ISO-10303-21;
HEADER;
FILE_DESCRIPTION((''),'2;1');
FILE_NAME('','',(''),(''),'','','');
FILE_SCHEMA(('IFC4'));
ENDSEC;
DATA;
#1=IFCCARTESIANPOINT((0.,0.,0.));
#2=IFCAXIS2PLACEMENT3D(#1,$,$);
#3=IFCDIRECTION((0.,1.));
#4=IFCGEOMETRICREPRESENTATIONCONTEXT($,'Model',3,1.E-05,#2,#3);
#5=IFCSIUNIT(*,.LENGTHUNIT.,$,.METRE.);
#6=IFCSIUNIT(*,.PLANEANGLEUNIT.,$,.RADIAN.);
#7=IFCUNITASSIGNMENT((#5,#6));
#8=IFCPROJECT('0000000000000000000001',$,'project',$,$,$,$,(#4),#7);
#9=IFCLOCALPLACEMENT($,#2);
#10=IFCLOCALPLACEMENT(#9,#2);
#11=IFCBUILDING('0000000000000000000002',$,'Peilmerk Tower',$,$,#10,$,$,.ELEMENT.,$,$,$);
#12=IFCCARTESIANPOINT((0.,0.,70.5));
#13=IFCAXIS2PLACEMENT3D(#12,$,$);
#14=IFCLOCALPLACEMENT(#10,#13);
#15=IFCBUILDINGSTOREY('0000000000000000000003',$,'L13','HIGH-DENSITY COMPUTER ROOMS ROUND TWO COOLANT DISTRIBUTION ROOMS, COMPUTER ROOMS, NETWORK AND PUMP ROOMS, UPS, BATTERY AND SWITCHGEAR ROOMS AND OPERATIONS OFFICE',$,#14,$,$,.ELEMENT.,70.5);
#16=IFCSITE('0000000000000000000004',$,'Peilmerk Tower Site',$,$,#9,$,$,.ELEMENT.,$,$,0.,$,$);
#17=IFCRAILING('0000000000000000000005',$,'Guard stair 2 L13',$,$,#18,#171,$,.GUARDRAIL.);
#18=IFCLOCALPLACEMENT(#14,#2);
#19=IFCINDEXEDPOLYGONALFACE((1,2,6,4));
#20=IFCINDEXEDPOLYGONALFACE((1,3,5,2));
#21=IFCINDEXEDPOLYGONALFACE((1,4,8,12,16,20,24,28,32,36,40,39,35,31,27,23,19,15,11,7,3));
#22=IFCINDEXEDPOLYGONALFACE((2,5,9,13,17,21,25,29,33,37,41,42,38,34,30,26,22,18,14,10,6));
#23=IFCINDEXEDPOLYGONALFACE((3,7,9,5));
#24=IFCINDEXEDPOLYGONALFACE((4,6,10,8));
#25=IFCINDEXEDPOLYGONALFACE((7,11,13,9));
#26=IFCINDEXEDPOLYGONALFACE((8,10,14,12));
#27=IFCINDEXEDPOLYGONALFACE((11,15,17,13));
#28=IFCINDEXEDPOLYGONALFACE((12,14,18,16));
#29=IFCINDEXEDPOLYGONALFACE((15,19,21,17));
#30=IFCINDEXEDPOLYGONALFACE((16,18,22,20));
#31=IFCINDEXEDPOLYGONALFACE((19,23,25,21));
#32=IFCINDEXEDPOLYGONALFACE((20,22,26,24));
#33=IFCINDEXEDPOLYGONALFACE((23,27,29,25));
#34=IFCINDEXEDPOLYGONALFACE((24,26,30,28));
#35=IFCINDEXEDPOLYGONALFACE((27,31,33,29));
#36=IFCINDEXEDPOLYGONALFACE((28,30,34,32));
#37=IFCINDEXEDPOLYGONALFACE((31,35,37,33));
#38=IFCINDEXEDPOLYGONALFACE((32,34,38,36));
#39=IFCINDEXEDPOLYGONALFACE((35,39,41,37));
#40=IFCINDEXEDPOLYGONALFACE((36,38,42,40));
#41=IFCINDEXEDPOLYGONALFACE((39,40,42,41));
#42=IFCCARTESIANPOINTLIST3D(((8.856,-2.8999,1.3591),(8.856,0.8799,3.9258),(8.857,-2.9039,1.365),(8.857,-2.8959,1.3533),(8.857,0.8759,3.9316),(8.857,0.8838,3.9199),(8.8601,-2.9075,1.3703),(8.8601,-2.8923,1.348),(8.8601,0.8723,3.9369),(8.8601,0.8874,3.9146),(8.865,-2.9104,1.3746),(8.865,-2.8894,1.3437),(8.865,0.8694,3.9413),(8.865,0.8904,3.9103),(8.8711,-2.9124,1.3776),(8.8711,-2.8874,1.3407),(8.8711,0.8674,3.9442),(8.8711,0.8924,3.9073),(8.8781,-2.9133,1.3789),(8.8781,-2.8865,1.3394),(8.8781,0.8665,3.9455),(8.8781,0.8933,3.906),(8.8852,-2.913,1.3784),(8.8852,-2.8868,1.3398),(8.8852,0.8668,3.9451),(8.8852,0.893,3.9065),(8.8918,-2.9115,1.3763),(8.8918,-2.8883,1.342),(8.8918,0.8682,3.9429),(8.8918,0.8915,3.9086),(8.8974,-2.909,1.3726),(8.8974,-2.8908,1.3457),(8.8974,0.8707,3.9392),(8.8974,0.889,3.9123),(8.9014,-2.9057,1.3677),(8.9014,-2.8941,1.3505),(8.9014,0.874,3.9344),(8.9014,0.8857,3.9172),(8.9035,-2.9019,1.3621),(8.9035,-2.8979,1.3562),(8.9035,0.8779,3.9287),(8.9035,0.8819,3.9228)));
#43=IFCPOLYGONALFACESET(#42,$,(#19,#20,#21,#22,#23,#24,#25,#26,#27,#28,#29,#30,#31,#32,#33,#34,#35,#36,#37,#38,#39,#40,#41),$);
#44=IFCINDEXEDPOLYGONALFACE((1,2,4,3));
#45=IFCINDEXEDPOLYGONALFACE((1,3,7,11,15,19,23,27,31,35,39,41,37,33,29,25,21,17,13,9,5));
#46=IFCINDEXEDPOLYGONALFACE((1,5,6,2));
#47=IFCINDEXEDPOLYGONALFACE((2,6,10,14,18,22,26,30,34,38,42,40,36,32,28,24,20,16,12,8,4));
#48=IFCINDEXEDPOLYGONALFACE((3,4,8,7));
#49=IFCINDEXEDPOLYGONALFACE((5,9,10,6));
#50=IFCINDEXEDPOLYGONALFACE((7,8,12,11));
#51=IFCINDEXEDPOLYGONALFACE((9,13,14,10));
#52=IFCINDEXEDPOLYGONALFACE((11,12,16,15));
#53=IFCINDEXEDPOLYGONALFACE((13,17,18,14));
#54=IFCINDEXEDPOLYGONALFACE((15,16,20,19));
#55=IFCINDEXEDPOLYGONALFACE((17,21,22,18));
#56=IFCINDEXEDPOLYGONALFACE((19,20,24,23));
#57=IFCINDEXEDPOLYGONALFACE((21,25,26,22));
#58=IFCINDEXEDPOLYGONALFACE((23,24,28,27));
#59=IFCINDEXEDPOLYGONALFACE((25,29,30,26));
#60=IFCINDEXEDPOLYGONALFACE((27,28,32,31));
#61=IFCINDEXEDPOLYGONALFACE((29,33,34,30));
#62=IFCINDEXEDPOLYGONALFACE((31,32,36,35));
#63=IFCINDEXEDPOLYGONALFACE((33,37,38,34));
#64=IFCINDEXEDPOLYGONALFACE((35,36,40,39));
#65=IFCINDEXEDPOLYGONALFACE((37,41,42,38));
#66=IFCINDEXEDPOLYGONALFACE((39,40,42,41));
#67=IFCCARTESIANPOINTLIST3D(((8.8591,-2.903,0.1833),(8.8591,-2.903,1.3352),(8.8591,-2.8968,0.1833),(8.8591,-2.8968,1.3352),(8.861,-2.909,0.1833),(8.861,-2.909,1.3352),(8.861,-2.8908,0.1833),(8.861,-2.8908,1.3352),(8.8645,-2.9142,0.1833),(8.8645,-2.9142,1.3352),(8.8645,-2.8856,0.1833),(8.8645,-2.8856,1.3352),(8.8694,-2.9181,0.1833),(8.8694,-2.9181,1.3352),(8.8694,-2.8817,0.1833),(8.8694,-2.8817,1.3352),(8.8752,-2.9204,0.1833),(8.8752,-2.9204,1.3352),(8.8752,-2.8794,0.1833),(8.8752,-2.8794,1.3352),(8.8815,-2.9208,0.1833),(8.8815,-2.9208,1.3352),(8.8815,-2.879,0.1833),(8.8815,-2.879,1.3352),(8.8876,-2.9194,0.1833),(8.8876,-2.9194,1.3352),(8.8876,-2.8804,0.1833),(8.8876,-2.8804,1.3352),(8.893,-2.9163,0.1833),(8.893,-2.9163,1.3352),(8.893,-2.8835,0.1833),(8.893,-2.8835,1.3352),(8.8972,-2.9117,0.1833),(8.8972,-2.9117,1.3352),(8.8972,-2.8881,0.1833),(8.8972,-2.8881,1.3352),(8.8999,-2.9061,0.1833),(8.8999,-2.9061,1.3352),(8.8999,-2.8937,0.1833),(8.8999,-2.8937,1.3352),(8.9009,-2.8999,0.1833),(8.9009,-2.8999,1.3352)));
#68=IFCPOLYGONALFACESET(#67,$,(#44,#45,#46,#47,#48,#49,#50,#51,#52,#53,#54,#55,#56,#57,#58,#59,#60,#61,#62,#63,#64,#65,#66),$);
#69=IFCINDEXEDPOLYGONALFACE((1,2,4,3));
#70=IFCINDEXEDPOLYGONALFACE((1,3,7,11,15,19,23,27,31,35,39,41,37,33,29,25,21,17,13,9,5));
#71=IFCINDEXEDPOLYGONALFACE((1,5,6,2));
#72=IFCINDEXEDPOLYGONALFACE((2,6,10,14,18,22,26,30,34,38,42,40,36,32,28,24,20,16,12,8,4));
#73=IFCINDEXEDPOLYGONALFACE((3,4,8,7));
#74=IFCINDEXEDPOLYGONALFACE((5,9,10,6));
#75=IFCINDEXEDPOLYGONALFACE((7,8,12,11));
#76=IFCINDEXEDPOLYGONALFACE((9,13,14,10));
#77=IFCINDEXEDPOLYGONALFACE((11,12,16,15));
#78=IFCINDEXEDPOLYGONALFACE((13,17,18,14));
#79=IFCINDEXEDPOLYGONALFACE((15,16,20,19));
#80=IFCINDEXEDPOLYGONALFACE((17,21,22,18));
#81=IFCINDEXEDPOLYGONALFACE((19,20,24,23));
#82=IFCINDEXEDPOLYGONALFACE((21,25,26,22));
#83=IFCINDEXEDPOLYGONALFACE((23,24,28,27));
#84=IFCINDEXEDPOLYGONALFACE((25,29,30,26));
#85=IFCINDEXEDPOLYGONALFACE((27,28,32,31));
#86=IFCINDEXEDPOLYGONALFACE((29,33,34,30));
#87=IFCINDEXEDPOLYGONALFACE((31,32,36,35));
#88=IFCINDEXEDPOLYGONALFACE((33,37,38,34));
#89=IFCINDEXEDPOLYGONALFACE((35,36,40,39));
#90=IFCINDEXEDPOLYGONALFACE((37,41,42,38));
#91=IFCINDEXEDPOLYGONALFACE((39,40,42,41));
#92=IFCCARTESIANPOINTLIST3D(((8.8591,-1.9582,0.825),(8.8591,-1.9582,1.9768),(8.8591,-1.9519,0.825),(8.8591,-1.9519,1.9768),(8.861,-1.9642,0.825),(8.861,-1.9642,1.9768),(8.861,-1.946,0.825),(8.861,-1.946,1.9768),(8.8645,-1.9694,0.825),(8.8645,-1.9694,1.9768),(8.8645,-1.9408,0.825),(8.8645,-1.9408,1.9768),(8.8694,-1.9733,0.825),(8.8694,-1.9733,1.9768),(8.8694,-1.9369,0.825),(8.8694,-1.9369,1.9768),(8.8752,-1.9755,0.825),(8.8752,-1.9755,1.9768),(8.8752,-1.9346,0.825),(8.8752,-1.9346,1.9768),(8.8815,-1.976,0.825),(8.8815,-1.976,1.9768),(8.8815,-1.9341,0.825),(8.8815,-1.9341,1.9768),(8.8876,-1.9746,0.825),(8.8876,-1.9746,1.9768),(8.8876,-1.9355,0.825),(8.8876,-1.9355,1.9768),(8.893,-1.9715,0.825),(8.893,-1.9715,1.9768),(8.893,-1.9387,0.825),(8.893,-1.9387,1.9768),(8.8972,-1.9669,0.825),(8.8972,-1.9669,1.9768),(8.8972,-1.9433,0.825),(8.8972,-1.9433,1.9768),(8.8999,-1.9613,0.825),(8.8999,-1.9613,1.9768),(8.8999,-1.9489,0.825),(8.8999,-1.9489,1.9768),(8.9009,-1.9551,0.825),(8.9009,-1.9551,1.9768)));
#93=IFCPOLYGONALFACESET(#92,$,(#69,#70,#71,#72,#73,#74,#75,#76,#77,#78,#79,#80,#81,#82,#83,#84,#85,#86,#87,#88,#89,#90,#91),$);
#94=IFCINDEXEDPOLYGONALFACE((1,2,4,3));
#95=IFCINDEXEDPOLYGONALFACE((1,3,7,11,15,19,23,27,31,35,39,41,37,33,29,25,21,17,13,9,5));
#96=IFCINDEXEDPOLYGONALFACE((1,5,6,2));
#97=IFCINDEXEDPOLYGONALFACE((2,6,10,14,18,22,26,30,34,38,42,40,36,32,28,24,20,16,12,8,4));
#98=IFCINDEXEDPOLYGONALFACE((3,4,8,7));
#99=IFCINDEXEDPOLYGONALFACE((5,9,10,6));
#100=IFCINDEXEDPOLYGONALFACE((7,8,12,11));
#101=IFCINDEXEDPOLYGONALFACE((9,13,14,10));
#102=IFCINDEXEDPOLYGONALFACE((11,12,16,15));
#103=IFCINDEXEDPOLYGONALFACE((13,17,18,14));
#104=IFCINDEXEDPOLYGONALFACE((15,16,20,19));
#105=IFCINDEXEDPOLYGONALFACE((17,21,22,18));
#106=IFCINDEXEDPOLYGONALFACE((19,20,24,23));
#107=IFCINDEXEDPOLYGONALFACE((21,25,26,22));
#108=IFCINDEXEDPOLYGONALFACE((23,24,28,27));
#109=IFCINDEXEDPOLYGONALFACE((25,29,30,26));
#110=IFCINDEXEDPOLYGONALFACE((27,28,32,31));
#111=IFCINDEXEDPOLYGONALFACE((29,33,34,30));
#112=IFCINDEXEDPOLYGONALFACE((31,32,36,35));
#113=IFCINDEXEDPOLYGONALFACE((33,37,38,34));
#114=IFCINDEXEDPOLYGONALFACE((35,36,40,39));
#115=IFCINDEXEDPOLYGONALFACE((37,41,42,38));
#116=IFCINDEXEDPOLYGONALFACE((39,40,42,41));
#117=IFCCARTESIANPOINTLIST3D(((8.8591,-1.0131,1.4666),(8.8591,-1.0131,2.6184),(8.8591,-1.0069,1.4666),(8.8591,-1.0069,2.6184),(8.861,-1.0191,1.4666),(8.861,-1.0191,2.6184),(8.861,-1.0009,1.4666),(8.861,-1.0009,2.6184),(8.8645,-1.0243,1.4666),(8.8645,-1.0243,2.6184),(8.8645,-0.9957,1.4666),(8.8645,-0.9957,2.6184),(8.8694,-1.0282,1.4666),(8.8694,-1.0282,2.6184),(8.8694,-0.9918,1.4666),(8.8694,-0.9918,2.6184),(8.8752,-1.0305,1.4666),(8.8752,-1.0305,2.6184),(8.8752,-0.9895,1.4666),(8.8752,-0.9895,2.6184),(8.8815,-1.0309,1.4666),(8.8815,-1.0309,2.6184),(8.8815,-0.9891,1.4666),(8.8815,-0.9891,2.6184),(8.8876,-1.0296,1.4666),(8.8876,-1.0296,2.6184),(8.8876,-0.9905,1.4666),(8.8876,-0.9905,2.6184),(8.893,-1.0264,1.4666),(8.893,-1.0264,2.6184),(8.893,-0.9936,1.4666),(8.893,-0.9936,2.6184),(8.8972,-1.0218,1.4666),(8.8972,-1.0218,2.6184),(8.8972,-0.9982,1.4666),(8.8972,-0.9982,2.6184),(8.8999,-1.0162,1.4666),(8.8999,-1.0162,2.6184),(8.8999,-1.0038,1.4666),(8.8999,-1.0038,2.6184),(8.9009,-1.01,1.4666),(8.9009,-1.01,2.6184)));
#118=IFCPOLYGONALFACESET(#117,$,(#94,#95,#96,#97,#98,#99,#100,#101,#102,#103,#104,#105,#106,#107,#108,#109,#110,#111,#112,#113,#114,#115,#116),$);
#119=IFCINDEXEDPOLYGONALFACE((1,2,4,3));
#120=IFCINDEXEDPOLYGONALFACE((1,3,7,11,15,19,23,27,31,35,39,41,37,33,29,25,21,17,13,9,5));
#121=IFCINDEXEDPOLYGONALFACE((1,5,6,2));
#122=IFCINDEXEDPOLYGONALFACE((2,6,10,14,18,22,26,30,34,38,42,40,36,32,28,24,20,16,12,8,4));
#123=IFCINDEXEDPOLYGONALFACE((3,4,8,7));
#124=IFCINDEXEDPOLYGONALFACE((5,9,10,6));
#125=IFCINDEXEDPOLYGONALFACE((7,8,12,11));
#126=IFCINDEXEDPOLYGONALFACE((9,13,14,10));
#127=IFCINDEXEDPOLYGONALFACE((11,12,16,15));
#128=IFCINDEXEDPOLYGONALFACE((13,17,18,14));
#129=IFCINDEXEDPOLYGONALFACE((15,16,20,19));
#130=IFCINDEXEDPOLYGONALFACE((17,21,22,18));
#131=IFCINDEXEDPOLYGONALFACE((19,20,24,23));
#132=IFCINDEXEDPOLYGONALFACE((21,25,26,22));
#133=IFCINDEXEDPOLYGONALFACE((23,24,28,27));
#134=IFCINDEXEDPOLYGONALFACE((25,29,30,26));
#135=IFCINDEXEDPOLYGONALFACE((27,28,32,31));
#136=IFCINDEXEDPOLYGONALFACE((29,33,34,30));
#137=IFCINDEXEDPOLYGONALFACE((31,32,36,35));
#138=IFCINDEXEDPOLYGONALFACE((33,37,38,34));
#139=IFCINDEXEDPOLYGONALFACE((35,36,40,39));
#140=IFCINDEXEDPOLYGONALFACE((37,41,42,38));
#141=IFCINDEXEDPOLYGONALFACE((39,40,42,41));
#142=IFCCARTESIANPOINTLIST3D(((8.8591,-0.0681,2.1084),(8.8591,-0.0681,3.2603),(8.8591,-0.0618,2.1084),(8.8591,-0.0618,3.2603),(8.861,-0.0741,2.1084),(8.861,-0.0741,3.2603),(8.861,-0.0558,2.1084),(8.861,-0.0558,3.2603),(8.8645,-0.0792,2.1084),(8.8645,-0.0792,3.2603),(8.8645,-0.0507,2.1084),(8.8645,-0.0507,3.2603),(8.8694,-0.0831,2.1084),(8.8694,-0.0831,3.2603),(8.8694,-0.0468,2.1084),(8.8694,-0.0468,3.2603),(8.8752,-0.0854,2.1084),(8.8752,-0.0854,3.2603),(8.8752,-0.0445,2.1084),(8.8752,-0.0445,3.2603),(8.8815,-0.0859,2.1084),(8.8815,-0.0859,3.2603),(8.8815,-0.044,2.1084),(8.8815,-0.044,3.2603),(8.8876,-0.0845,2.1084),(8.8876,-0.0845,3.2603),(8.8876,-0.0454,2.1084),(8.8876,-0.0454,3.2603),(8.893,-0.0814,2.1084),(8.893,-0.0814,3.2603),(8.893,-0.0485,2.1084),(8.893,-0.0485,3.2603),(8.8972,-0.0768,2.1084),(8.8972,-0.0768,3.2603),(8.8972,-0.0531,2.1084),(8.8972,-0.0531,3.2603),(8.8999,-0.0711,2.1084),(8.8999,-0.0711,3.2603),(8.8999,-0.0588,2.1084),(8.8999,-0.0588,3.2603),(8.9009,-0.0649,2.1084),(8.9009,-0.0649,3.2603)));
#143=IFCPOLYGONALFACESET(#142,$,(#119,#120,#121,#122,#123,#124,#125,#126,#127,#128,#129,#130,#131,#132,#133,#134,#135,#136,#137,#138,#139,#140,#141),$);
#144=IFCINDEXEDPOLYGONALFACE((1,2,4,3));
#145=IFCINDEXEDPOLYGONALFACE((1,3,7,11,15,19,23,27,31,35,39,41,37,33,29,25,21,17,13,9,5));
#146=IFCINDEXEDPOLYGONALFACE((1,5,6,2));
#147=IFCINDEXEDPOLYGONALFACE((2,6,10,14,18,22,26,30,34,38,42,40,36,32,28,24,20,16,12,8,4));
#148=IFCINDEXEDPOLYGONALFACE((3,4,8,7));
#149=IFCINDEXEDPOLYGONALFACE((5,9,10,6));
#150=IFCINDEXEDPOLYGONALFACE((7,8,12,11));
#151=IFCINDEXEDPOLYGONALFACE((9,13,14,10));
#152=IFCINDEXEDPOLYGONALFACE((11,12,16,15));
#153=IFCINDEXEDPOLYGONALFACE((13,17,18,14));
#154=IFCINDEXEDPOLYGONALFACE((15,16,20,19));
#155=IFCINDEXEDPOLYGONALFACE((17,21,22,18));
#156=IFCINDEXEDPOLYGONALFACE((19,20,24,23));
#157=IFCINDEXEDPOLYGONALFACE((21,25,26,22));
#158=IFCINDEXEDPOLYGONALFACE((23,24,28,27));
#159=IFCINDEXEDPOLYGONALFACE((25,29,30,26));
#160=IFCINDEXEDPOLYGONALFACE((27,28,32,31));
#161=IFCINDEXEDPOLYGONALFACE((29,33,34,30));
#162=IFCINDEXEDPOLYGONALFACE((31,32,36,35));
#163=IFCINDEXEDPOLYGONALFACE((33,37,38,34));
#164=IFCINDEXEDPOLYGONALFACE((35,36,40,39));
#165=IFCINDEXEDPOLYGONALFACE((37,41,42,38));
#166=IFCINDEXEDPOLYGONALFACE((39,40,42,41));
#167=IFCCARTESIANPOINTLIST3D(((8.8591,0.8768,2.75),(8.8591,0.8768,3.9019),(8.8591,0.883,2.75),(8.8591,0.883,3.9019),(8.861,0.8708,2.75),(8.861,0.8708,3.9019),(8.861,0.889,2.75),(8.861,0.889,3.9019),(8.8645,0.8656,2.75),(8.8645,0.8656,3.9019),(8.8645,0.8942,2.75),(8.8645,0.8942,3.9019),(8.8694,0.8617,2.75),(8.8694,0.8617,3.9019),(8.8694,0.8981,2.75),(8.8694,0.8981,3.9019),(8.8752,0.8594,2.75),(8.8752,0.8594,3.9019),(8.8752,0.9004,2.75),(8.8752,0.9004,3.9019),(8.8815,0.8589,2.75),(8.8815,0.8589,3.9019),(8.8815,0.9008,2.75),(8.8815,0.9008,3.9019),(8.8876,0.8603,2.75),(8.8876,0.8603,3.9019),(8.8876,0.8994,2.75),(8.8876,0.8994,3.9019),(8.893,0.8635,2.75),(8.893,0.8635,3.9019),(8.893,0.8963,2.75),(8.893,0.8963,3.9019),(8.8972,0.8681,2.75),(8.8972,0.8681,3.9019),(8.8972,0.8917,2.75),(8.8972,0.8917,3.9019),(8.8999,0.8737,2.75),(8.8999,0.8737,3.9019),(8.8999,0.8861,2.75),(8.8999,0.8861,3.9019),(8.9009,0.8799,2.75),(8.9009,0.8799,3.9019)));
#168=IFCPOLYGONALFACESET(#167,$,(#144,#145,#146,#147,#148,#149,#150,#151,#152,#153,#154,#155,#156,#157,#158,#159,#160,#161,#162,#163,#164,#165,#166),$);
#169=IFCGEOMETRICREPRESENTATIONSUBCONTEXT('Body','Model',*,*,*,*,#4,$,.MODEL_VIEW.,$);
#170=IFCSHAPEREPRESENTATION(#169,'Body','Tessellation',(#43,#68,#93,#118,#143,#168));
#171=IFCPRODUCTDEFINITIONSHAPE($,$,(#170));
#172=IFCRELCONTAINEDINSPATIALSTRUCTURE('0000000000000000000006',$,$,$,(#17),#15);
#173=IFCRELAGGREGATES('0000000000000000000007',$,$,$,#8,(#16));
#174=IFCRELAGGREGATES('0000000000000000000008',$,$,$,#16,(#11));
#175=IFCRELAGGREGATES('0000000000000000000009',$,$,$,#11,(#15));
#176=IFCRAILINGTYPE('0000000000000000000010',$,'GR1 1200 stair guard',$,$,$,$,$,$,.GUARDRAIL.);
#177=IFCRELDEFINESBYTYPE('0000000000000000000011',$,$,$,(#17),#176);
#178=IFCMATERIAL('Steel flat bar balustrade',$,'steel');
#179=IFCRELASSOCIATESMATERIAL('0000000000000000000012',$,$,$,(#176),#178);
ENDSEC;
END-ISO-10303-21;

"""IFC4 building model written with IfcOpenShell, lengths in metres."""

from ifc_helpers import new_model, si_unit, direction, frame, origin, origin_2d, place, context, subcontext, project, spatial, circle, extrude, material, type_object, element, save


model = new_model("IFC4")

# Units and contexts
model_context = context("Model", 3, precision=1e-05, world=origin(), true_north=direction((0.0, 1.0)))
body_context = subcontext(model_context, "Body", "Model", "MODEL_VIEW")
ifc_project = project(units=[si_unit("LENGTHUNIT", "METRE"), si_unit("PLANEANGLEUNIT", "RADIAN")], contexts=[model_context])

# Site, building, storey
site_placement = place(None, origin())
site = spatial("IfcSite", under=ifc_project, at=site_placement, Name="Peilmerk Tower Site", CompositionType="ELEMENT", RefElevation=0.0)
building_placement = place(site_placement, origin())
building = spatial("IfcBuilding", under=site, at=building_placement, Name="Peilmerk Tower", CompositionType="ELEMENT")
storey_placement = place(building_placement, frame((0.0, 0.0, 70.5)))
storey = spatial("IfcBuildingStorey", under=building, at=storey_placement, Name="L13", Description="HIGH-DENSITY COMPUTER ROOMS ROUND TWO COOLANT DISTRIBUTION ROOMS, COMPUTER ROOMS, NETWORK AND PUMP ROOMS, UPS, BATTERY AND SWITCHGEAR ROOMS AND OPERATIONS OFFICE", CompositionType="ELEMENT", Elevation=70.5)

# Railing
ifc_material_1 = material(Name="Steel flat bar balustrade", Category="steel")
railing_type_1 = type_object("IfcRailingType", Name="GR1 1200 stair guard", PredefinedType="GUARDRAIL", material=ifc_material_1)
railing_1_placement = place(storey_placement, frame((8.8799, -2.8999, 0.1833)))
element("IfcRailing", 1, at=railing_1_placement, inside=storey, type_object=railing_type_1, Name="Guard stair 2 L13", PredefinedType="GUARDRAIL", context=body_context, shape_type="SweptSolid", body=[
    extrude(circle(Radius=0.0239, at=origin_2d()), frame((0.0, 0.0, 1.1758), z_axis=(0.0, 0.827293, 0.561771), x_axis=(-1.0, 0.0, 0.0)), (0.0, 0.0, 1.0), 4.5688),
    extrude(circle(Radius=0.021, at=origin_2d()), origin(), (0.0, 0.0, 1.0), 1.1519),
    extrude(circle(Radius=0.021, at=origin_2d()), frame((0.0, 0.9448, 0.6416)), (0.0, 0.0, 1.0), 1.1519),
    extrude(circle(Radius=0.021, at=origin_2d()), frame((0.0, 1.8899, 1.2832)), (0.0, 0.0, 1.0), 1.1519),
    extrude(circle(Radius=0.021, at=origin_2d()), frame((0.0, 2.835, 1.925)), (0.0, 0.0, 1.0), 1.1519),
    extrude(circle(Radius=0.021, at=origin_2d()), frame((0.0, 3.7798, 2.5667)), (0.0, 0.0, 1.0), 1.1519),
])

save(model, "model.ifc")
